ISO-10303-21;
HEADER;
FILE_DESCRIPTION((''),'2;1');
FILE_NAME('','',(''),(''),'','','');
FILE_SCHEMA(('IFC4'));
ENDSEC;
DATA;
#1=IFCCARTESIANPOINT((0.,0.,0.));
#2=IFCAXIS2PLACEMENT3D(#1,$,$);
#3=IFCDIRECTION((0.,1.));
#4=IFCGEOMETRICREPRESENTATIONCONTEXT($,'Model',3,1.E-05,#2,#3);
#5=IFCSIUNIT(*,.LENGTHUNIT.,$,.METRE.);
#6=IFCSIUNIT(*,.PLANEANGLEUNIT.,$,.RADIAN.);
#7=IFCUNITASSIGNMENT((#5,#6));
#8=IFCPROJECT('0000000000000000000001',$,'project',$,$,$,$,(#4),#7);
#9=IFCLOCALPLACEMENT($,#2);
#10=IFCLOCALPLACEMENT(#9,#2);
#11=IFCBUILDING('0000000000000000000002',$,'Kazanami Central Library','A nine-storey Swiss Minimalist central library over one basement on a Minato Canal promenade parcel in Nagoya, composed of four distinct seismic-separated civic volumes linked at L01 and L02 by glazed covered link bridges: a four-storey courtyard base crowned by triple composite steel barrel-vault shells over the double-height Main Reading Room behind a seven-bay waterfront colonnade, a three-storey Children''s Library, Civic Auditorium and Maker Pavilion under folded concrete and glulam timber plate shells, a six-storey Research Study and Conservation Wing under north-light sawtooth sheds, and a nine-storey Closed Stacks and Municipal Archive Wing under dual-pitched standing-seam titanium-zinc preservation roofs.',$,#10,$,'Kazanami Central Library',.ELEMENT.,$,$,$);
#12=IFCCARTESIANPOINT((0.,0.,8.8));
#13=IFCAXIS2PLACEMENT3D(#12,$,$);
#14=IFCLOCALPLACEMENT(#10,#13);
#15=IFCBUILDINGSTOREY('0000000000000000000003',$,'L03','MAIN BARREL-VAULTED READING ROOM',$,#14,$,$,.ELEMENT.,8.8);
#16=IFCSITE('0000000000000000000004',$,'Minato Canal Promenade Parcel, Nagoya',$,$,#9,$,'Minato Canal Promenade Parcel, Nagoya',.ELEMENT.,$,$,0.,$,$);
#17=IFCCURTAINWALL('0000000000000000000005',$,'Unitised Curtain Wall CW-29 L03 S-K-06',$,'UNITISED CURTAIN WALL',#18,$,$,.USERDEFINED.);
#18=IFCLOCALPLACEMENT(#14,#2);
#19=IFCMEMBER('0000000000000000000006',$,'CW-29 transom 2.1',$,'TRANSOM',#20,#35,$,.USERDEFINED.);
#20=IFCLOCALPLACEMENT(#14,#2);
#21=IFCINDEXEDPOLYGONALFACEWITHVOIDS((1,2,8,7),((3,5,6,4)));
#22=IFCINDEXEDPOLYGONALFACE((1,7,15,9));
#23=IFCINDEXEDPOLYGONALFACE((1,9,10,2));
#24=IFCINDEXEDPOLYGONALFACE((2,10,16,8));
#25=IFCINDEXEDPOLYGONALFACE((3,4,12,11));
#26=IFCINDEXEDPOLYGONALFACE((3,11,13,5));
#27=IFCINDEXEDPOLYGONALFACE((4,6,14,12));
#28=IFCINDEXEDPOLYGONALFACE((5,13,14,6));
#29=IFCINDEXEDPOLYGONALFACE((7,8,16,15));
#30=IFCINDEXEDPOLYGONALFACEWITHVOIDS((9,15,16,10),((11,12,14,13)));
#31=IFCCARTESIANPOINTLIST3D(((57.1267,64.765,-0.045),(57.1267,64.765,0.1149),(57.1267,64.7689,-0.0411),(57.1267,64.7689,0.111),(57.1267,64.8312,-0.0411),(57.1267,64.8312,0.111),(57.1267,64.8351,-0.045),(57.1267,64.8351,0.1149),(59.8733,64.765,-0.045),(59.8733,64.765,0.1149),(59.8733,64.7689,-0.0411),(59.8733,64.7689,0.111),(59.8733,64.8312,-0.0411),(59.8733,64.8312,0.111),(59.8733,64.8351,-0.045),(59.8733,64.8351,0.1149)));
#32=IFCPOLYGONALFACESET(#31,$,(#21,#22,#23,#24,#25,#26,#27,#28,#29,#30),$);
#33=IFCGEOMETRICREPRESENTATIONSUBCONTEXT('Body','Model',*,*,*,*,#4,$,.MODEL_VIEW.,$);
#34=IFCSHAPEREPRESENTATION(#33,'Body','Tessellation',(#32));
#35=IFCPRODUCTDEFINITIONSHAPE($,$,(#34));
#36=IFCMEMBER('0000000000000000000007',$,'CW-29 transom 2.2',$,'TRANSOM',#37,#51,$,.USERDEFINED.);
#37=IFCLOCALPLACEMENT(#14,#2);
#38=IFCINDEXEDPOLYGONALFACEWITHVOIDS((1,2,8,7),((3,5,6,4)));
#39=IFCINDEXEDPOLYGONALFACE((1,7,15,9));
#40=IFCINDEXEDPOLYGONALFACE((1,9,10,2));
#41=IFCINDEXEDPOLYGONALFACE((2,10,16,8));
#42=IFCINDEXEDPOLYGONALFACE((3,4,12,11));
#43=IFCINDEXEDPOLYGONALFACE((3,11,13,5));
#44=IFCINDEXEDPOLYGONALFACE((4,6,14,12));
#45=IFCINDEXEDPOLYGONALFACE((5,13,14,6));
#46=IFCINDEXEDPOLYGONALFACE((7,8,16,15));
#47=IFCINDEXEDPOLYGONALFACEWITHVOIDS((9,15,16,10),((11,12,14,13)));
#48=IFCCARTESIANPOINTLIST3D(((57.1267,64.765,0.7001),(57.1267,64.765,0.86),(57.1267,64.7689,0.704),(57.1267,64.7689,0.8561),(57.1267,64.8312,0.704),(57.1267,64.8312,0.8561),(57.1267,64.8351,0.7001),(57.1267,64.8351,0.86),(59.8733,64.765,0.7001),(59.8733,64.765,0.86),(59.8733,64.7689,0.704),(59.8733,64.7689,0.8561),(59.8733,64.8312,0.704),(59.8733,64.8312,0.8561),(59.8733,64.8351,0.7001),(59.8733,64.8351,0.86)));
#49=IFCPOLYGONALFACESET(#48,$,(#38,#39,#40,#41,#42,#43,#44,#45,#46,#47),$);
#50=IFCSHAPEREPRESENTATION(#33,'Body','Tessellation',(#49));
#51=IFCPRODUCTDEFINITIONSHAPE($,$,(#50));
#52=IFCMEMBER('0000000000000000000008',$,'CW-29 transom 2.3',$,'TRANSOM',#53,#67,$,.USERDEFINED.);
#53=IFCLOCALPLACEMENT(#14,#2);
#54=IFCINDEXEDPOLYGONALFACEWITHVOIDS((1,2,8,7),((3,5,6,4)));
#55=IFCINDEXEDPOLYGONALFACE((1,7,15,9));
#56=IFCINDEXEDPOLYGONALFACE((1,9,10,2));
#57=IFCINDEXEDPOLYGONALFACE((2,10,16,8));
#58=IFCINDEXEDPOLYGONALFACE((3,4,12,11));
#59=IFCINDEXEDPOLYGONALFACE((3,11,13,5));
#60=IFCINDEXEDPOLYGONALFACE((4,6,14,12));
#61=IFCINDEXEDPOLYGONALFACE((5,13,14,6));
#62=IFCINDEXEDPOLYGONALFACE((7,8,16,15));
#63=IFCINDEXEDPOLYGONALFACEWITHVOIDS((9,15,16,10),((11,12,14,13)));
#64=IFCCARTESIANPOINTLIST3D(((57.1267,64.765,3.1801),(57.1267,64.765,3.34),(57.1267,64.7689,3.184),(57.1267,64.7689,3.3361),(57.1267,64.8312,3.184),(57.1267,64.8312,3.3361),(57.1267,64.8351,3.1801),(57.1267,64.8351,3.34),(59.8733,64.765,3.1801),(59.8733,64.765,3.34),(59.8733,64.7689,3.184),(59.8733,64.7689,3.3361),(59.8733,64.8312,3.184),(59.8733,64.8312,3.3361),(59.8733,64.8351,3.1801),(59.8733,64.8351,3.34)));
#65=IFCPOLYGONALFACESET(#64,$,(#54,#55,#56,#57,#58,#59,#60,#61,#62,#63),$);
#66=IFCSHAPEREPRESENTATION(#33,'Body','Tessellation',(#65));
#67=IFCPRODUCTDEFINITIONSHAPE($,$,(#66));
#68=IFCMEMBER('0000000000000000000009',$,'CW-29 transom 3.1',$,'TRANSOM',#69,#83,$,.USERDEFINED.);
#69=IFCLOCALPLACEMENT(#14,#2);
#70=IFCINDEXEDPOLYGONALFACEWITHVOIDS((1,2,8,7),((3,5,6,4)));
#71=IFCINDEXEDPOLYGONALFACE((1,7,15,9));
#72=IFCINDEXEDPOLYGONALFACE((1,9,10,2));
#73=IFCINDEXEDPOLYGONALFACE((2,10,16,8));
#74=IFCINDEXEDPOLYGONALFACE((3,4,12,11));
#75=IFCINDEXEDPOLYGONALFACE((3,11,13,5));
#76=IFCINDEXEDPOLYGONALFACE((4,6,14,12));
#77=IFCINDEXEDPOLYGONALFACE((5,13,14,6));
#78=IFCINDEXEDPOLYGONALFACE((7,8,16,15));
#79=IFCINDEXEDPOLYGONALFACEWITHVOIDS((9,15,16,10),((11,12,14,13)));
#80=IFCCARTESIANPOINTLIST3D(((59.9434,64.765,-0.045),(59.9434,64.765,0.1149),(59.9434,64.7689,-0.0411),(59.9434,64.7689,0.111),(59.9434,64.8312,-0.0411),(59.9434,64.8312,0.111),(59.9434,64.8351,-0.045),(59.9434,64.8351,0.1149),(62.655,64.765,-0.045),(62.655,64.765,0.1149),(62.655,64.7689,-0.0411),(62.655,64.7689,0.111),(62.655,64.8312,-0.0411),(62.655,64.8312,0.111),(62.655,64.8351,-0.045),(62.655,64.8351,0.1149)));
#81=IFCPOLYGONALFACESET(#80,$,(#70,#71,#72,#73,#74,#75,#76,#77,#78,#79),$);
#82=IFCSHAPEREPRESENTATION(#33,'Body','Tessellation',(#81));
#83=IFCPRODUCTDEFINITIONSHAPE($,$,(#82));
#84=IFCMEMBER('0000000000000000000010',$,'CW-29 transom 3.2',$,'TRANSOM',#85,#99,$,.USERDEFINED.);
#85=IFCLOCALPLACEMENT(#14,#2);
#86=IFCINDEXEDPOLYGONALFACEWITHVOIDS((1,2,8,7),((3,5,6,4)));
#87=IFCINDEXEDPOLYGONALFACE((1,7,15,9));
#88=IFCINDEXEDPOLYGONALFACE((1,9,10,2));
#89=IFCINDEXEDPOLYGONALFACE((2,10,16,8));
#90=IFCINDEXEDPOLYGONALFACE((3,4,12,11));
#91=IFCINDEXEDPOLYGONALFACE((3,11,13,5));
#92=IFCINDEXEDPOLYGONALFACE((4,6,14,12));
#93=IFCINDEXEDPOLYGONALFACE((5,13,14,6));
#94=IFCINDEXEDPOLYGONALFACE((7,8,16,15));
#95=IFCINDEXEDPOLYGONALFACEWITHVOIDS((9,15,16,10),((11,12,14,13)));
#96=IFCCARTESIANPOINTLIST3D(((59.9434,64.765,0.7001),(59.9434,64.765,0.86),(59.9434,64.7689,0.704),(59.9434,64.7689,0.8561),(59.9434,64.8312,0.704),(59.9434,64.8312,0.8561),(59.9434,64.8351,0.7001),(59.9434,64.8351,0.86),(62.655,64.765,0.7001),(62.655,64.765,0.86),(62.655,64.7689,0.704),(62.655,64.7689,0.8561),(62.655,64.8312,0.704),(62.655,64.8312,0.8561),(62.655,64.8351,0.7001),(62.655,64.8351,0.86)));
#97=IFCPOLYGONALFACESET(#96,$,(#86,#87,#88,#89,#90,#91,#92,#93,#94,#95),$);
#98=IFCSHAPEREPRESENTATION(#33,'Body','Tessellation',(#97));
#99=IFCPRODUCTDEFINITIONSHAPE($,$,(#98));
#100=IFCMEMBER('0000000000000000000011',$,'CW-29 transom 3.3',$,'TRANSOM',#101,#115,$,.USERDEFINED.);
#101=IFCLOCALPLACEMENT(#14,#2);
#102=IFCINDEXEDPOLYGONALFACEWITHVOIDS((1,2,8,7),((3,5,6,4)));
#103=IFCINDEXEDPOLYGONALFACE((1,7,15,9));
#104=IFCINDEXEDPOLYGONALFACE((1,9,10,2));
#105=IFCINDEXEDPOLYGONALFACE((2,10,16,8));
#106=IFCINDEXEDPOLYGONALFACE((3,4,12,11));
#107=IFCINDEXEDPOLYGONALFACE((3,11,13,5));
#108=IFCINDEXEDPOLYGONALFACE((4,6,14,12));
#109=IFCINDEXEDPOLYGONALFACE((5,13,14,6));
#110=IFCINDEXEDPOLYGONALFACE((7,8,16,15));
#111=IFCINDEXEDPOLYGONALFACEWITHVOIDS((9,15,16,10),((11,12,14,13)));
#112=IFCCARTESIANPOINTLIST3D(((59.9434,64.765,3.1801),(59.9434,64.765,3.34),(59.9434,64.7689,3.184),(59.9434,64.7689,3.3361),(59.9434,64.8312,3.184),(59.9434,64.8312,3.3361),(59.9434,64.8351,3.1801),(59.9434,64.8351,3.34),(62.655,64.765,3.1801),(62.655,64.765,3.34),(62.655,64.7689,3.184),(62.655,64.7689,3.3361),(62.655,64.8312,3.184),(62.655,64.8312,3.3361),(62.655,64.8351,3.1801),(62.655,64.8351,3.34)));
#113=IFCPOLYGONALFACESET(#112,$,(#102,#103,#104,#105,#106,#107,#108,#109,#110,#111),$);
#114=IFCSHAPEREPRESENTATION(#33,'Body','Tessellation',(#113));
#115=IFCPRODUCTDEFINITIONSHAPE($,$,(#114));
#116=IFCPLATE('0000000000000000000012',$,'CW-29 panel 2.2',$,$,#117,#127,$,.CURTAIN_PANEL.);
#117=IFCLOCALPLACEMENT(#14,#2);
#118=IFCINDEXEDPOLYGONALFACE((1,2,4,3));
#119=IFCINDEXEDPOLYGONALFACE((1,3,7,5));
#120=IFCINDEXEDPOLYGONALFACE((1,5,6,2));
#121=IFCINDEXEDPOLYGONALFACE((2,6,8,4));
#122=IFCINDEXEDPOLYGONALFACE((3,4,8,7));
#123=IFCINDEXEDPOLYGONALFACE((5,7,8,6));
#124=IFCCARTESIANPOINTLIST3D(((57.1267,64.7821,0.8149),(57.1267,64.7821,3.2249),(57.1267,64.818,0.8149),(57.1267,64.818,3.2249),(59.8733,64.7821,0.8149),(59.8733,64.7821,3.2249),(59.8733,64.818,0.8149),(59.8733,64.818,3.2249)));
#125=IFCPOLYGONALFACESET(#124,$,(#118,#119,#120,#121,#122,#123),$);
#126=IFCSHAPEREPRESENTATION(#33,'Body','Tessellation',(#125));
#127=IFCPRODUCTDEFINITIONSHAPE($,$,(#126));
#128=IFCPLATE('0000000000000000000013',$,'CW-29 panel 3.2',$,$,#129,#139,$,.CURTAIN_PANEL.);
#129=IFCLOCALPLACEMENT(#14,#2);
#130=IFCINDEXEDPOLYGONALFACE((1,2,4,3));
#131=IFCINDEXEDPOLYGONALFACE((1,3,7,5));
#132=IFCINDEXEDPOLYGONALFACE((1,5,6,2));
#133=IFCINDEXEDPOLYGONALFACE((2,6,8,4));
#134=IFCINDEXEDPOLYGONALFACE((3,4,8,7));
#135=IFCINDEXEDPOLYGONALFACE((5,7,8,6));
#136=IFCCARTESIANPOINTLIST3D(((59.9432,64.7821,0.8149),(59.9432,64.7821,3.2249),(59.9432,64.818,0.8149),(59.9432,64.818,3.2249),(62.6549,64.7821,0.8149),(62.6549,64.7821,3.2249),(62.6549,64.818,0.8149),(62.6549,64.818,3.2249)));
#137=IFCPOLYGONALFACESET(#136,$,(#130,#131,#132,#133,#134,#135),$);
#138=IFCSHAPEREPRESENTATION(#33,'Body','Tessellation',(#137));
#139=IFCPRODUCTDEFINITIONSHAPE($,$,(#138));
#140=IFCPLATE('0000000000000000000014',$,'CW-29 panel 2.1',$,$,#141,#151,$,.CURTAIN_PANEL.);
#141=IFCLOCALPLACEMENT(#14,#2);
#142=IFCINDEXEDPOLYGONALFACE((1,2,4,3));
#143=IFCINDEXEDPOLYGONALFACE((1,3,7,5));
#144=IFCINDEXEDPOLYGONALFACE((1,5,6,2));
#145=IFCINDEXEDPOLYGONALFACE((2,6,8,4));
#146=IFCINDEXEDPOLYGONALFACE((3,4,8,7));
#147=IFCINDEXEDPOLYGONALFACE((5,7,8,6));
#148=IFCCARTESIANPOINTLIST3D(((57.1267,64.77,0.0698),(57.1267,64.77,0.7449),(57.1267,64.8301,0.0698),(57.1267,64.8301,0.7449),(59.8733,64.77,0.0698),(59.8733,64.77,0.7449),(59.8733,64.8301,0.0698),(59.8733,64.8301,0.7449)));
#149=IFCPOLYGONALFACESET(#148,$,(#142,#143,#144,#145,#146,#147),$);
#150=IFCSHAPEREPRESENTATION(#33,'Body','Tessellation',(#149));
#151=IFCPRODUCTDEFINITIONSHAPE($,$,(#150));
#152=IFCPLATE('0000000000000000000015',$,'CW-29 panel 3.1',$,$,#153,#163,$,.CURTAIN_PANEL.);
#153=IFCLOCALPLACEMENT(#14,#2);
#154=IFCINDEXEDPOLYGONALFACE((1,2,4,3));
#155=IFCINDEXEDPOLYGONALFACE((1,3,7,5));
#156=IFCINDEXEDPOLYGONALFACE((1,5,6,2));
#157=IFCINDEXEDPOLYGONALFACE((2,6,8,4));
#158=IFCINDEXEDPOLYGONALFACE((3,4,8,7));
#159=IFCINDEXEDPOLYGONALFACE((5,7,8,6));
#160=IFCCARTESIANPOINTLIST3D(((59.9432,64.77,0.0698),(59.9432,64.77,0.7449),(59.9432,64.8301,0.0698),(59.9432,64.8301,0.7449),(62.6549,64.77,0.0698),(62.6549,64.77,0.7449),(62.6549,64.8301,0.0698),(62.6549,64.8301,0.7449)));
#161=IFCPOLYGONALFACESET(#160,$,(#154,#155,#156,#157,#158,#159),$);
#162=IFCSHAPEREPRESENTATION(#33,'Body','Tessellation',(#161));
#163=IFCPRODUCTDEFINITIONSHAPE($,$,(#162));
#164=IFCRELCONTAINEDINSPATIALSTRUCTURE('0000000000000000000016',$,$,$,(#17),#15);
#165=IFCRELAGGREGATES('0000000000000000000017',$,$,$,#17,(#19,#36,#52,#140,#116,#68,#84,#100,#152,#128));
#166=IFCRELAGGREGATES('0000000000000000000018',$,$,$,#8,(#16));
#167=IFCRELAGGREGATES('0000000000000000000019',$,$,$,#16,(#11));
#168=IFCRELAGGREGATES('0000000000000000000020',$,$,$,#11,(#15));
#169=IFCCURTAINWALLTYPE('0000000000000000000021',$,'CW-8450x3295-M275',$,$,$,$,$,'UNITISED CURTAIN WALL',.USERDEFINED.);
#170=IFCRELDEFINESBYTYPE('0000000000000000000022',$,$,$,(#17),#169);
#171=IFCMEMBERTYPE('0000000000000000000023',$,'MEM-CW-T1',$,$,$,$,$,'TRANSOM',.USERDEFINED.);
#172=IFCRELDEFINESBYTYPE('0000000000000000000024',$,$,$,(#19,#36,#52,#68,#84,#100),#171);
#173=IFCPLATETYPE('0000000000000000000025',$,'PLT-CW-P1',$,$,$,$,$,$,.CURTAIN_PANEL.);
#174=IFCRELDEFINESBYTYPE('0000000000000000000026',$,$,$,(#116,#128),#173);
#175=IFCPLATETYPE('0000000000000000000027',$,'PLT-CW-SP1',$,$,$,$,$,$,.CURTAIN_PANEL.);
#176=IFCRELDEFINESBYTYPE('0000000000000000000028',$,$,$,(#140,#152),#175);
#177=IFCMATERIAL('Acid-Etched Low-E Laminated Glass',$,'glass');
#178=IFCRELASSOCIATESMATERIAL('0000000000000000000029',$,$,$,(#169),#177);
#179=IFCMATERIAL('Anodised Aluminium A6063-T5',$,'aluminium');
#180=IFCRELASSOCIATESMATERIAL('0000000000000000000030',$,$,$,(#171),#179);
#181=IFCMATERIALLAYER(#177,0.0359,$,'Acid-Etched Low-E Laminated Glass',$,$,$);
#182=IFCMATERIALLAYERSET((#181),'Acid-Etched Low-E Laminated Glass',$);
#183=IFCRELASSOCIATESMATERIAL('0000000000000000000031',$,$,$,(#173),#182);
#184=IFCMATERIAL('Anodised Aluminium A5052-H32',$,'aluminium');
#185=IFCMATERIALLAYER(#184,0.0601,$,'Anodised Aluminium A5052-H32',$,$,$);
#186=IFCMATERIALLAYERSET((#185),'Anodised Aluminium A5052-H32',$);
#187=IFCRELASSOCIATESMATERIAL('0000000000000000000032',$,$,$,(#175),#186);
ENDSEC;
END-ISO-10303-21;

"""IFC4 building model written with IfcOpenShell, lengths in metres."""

from ifc_helpers import new_model, si_unit, direction, frame, origin, origin_2d, place, context, subcontext, project, spatial, rectangle, hollow_rectangle, extrude, material, layer, layer_set, material_profile, profile_set, type_object, element, aggregate, save


model = new_model("IFC4")

# Units and contexts
model_context = context("Model", 3, precision=1e-05, world=origin(), true_north=direction((0.0, 1.0)))
body_context = subcontext(model_context, "Body", "Model", "MODEL_VIEW")
ifc_project = project(units=[si_unit("LENGTHUNIT", "METRE"), si_unit("PLANEANGLEUNIT", "RADIAN")], contexts=[model_context])

# Site, building, storey
site_placement = place(None, origin())
site = spatial("IfcSite", under=ifc_project, at=site_placement, Name="Minato Canal Promenade Parcel, Nagoya", LongName="Minato Canal Promenade Parcel, Nagoya", CompositionType="ELEMENT", RefElevation=0.0)
building_placement = place(site_placement, origin())
building = spatial("IfcBuilding", under=site, at=building_placement, Name="Kazanami Central Library", Description="A nine-storey Swiss Minimalist central library over one basement on a Minato Canal promenade parcel in Nagoya, composed of four distinct seismic-separated civic volumes linked at L01 and L02 by glazed covered link bridges: a four-storey courtyard base crowned by triple composite steel barrel-vault shells over the double-height Main Reading Room behind a seven-bay waterfront colonnade, a three-storey Children's Library, Civic Auditorium and Maker Pavilion under folded concrete and glulam timber plate shells, a six-storey Research Study and Conservation Wing under north-light sawtooth sheds, and a nine-storey Closed Stacks and Municipal Archive Wing under dual-pitched standing-seam titanium-zinc preservation roofs.", LongName="Kazanami Central Library", CompositionType="ELEMENT")
storey_placement = place(building_placement, frame((0.0, 0.0, 8.8)))
storey = spatial("IfcBuildingStorey", under=building, at=storey_placement, Name="L03", Description="MAIN BARREL-VAULTED READING ROOM", CompositionType="ELEMENT", Elevation=8.8)

# Curtain wall
ifc_material_1 = material(Name="Acid-Etched Low-E Laminated Glass", Category="glass")
curtain_wall_type = type_object("IfcCurtainWallType", Name="CW-8450x3295-M275", ElementType="UNITISED CURTAIN WALL", PredefinedType="USERDEFINED", material=ifc_material_1)
curtain_wall_1_placement = place(storey_placement, origin())
curtain_wall_1 = element("IfcCurtainWall", 1, at=curtain_wall_1_placement, inside=storey, type_object=curtain_wall_type, Name="Unitised Curtain Wall CW-29 L03 S-K-06", ObjectType="UNITISED CURTAIN WALL", PredefinedType="USERDEFINED")
ifc_material_2 = material(Name="Anodised Aluminium A6063-T5", Category="aluminium")

# Members
ifc_material_profile_1 = material_profile(ifc_material_2, hollow_rectangle(XDim=0.0701, YDim=0.1599, WallThickness=0.0039, at=origin_2d()), Name="ALU-TRAN-70x160x4")
ifc_profile_set_1 = profile_set([ifc_material_profile_1], Name="Anodised Aluminium A6063-T5")
member_type_1 = type_object("IfcMemberType", Name="MEM-CW-T1", ElementType="TRANSOM", PredefinedType="USERDEFINED", material=ifc_profile_set_1)
member_1_placement = place(storey_placement, frame((57.1267, 64.8, 0.0349), z_axis=(1.0, 0.0, 0.0), x_axis=(0.0, 1.0, 0.0)))
member_1 = element("IfcMember", 2, at=member_1_placement, type_object=member_type_1, Name="CW-29 transom 2.1", ObjectType="TRANSOM", PredefinedType="USERDEFINED", context=body_context, shape_type="SweptSolid", body=[
    extrude(hollow_rectangle(XDim=0.0701, YDim=0.1599, WallThickness=0.0039, at=origin_2d()), origin(), (0.0, 0.0, 1.0), 2.7466),
])
member_2_placement = place(storey_placement, frame((57.1267, 64.8, 0.78), z_axis=(1.0, 0.0, 0.0), x_axis=(0.0, 1.0, 0.0)))
member_2 = element("IfcMember", 3, at=member_2_placement, type_object=member_type_1, Name="CW-29 transom 2.2", ObjectType="TRANSOM", PredefinedType="USERDEFINED", context=body_context, shape_type="SweptSolid", body=[
    extrude(hollow_rectangle(XDim=0.0701, YDim=0.1599, WallThickness=0.0039, at=origin_2d()), origin(), (0.0, 0.0, 1.0), 2.7466),
])
member_3_placement = place(storey_placement, frame((57.1267, 64.8, 3.26), z_axis=(1.0, 0.0, 0.0), x_axis=(0.0, 1.0, 0.0)))
member_3 = element("IfcMember", 4, at=member_3_placement, type_object=member_type_1, Name="CW-29 transom 2.3", ObjectType="TRANSOM", PredefinedType="USERDEFINED", context=body_context, shape_type="SweptSolid", body=[
    extrude(hollow_rectangle(XDim=0.0701, YDim=0.1599, WallThickness=0.0039, at=origin_2d()), origin(), (0.0, 0.0, 1.0), 2.7466),
])
member_4_placement = place(storey_placement, frame((59.9434, 64.8, 0.0349), z_axis=(1.0, 0.0, 0.0), x_axis=(0.0, 1.0, 0.0)))
member_4 = element("IfcMember", 5, at=member_4_placement, type_object=member_type_1, Name="CW-29 transom 3.1", ObjectType="TRANSOM", PredefinedType="USERDEFINED", context=body_context, shape_type="SweptSolid", body=[
    extrude(hollow_rectangle(XDim=0.0701, YDim=0.1599, WallThickness=0.0039, at=origin_2d()), origin(), (0.0, 0.0, 1.0), 2.7117),
])
member_5_placement = place(storey_placement, frame((59.9434, 64.8, 0.78), z_axis=(1.0, 0.0, 0.0), x_axis=(0.0, 1.0, 0.0)))
member_5 = element("IfcMember", 6, at=member_5_placement, type_object=member_type_1, Name="CW-29 transom 3.2", ObjectType="TRANSOM", PredefinedType="USERDEFINED", context=body_context, shape_type="SweptSolid", body=[
    extrude(hollow_rectangle(XDim=0.0701, YDim=0.1599, WallThickness=0.0039, at=origin_2d()), origin(), (0.0, 0.0, 1.0), 2.7117),
])
member_6_placement = place(storey_placement, frame((59.9434, 64.8, 3.26), z_axis=(1.0, 0.0, 0.0), x_axis=(0.0, 1.0, 0.0)))
member_6 = element("IfcMember", 7, at=member_6_placement, type_object=member_type_1, Name="CW-29 transom 3.3", ObjectType="TRANSOM", PredefinedType="USERDEFINED", context=body_context, shape_type="SweptSolid", body=[
    extrude(hollow_rectangle(XDim=0.0701, YDim=0.1599, WallThickness=0.0039, at=origin_2d()), origin(), (0.0, 0.0, 1.0), 2.7117),
])

# Plates
ifc_layer_1 = layer(ifc_material_1, 0.0359, Name="Acid-Etched Low-E Laminated Glass")
ifc_layer_set_1 = layer_set([ifc_layer_1], Name="Acid-Etched Low-E Laminated Glass")
plate_type_1 = type_object("IfcPlateType", Name="PLT-CW-P1", PredefinedType="CURTAIN_PANEL", material=ifc_layer_set_1)
plate_1_placement = place(storey_placement, frame((58.5, 64.8, 0.8149), z_axis=(0.0, 0.0, 1.0), x_axis=(1.0, 0.0, 0.0)))
plate_1 = element("IfcPlate", 8, at=plate_1_placement, type_object=plate_type_1, Name="CW-29 panel 2.2", PredefinedType="CURTAIN_PANEL", context=body_context, shape_type="SweptSolid", body=[
    extrude(rectangle(XDim=2.7466, YDim=0.0359, at=origin_2d()), origin(), (0.0, 0.0, 1.0), 2.4099),
])
plate_2_placement = place(storey_placement, frame((61.2991, 64.8, 0.8149), z_axis=(0.0, 0.0, 1.0), x_axis=(1.0, 0.0, 0.0)))
plate_2 = element("IfcPlate", 9, at=plate_2_placement, type_object=plate_type_1, Name="CW-29 panel 3.2", PredefinedType="CURTAIN_PANEL", context=body_context, shape_type="SweptSolid", body=[
    extrude(rectangle(XDim=2.7117, YDim=0.0359, at=origin_2d()), origin(), (0.0, 0.0, 1.0), 2.4099),
])
ifc_material_3 = material(Name="Anodised Aluminium A5052-H32", Category="aluminium")
ifc_layer_2 = layer(ifc_material_3, 0.0601, Name="Anodised Aluminium A5052-H32")
ifc_layer_set_2 = layer_set([ifc_layer_2], Name="Anodised Aluminium A5052-H32")
plate_type_2 = type_object("IfcPlateType", Name="PLT-CW-SP1", PredefinedType="CURTAIN_PANEL", material=ifc_layer_set_2)
plate_3_placement = place(storey_placement, frame((58.5, 64.8, 0.0698), z_axis=(0.0, 0.0, 1.0), x_axis=(1.0, 0.0, 0.0)))
plate_3 = element("IfcPlate", 10, at=plate_3_placement, type_object=plate_type_2, Name="CW-29 panel 2.1", PredefinedType="CURTAIN_PANEL", context=body_context, shape_type="SweptSolid", body=[
    extrude(rectangle(XDim=2.7466, YDim=0.0601, at=origin_2d()), origin(), (0.0, 0.0, 1.0), 0.675),
])
plate_4_placement = place(storey_placement, frame((61.2991, 64.8, 0.0698), z_axis=(0.0, 0.0, 1.0), x_axis=(1.0, 0.0, 0.0)))
plate_4 = element("IfcPlate", 11, at=plate_4_placement, type_object=plate_type_2, Name="CW-29 panel 3.1", PredefinedType="CURTAIN_PANEL", context=body_context, shape_type="SweptSolid", body=[
    extrude(rectangle(XDim=2.7117, YDim=0.0601, at=origin_2d()), origin(), (0.0, 0.0, 1.0), 0.675),
])
aggregate(curtain_wall_1, [member_1, member_2, member_3, plate_3, plate_1, member_4, member_5, member_6, plate_4, plate_2])

save(model, "model.ifc")
